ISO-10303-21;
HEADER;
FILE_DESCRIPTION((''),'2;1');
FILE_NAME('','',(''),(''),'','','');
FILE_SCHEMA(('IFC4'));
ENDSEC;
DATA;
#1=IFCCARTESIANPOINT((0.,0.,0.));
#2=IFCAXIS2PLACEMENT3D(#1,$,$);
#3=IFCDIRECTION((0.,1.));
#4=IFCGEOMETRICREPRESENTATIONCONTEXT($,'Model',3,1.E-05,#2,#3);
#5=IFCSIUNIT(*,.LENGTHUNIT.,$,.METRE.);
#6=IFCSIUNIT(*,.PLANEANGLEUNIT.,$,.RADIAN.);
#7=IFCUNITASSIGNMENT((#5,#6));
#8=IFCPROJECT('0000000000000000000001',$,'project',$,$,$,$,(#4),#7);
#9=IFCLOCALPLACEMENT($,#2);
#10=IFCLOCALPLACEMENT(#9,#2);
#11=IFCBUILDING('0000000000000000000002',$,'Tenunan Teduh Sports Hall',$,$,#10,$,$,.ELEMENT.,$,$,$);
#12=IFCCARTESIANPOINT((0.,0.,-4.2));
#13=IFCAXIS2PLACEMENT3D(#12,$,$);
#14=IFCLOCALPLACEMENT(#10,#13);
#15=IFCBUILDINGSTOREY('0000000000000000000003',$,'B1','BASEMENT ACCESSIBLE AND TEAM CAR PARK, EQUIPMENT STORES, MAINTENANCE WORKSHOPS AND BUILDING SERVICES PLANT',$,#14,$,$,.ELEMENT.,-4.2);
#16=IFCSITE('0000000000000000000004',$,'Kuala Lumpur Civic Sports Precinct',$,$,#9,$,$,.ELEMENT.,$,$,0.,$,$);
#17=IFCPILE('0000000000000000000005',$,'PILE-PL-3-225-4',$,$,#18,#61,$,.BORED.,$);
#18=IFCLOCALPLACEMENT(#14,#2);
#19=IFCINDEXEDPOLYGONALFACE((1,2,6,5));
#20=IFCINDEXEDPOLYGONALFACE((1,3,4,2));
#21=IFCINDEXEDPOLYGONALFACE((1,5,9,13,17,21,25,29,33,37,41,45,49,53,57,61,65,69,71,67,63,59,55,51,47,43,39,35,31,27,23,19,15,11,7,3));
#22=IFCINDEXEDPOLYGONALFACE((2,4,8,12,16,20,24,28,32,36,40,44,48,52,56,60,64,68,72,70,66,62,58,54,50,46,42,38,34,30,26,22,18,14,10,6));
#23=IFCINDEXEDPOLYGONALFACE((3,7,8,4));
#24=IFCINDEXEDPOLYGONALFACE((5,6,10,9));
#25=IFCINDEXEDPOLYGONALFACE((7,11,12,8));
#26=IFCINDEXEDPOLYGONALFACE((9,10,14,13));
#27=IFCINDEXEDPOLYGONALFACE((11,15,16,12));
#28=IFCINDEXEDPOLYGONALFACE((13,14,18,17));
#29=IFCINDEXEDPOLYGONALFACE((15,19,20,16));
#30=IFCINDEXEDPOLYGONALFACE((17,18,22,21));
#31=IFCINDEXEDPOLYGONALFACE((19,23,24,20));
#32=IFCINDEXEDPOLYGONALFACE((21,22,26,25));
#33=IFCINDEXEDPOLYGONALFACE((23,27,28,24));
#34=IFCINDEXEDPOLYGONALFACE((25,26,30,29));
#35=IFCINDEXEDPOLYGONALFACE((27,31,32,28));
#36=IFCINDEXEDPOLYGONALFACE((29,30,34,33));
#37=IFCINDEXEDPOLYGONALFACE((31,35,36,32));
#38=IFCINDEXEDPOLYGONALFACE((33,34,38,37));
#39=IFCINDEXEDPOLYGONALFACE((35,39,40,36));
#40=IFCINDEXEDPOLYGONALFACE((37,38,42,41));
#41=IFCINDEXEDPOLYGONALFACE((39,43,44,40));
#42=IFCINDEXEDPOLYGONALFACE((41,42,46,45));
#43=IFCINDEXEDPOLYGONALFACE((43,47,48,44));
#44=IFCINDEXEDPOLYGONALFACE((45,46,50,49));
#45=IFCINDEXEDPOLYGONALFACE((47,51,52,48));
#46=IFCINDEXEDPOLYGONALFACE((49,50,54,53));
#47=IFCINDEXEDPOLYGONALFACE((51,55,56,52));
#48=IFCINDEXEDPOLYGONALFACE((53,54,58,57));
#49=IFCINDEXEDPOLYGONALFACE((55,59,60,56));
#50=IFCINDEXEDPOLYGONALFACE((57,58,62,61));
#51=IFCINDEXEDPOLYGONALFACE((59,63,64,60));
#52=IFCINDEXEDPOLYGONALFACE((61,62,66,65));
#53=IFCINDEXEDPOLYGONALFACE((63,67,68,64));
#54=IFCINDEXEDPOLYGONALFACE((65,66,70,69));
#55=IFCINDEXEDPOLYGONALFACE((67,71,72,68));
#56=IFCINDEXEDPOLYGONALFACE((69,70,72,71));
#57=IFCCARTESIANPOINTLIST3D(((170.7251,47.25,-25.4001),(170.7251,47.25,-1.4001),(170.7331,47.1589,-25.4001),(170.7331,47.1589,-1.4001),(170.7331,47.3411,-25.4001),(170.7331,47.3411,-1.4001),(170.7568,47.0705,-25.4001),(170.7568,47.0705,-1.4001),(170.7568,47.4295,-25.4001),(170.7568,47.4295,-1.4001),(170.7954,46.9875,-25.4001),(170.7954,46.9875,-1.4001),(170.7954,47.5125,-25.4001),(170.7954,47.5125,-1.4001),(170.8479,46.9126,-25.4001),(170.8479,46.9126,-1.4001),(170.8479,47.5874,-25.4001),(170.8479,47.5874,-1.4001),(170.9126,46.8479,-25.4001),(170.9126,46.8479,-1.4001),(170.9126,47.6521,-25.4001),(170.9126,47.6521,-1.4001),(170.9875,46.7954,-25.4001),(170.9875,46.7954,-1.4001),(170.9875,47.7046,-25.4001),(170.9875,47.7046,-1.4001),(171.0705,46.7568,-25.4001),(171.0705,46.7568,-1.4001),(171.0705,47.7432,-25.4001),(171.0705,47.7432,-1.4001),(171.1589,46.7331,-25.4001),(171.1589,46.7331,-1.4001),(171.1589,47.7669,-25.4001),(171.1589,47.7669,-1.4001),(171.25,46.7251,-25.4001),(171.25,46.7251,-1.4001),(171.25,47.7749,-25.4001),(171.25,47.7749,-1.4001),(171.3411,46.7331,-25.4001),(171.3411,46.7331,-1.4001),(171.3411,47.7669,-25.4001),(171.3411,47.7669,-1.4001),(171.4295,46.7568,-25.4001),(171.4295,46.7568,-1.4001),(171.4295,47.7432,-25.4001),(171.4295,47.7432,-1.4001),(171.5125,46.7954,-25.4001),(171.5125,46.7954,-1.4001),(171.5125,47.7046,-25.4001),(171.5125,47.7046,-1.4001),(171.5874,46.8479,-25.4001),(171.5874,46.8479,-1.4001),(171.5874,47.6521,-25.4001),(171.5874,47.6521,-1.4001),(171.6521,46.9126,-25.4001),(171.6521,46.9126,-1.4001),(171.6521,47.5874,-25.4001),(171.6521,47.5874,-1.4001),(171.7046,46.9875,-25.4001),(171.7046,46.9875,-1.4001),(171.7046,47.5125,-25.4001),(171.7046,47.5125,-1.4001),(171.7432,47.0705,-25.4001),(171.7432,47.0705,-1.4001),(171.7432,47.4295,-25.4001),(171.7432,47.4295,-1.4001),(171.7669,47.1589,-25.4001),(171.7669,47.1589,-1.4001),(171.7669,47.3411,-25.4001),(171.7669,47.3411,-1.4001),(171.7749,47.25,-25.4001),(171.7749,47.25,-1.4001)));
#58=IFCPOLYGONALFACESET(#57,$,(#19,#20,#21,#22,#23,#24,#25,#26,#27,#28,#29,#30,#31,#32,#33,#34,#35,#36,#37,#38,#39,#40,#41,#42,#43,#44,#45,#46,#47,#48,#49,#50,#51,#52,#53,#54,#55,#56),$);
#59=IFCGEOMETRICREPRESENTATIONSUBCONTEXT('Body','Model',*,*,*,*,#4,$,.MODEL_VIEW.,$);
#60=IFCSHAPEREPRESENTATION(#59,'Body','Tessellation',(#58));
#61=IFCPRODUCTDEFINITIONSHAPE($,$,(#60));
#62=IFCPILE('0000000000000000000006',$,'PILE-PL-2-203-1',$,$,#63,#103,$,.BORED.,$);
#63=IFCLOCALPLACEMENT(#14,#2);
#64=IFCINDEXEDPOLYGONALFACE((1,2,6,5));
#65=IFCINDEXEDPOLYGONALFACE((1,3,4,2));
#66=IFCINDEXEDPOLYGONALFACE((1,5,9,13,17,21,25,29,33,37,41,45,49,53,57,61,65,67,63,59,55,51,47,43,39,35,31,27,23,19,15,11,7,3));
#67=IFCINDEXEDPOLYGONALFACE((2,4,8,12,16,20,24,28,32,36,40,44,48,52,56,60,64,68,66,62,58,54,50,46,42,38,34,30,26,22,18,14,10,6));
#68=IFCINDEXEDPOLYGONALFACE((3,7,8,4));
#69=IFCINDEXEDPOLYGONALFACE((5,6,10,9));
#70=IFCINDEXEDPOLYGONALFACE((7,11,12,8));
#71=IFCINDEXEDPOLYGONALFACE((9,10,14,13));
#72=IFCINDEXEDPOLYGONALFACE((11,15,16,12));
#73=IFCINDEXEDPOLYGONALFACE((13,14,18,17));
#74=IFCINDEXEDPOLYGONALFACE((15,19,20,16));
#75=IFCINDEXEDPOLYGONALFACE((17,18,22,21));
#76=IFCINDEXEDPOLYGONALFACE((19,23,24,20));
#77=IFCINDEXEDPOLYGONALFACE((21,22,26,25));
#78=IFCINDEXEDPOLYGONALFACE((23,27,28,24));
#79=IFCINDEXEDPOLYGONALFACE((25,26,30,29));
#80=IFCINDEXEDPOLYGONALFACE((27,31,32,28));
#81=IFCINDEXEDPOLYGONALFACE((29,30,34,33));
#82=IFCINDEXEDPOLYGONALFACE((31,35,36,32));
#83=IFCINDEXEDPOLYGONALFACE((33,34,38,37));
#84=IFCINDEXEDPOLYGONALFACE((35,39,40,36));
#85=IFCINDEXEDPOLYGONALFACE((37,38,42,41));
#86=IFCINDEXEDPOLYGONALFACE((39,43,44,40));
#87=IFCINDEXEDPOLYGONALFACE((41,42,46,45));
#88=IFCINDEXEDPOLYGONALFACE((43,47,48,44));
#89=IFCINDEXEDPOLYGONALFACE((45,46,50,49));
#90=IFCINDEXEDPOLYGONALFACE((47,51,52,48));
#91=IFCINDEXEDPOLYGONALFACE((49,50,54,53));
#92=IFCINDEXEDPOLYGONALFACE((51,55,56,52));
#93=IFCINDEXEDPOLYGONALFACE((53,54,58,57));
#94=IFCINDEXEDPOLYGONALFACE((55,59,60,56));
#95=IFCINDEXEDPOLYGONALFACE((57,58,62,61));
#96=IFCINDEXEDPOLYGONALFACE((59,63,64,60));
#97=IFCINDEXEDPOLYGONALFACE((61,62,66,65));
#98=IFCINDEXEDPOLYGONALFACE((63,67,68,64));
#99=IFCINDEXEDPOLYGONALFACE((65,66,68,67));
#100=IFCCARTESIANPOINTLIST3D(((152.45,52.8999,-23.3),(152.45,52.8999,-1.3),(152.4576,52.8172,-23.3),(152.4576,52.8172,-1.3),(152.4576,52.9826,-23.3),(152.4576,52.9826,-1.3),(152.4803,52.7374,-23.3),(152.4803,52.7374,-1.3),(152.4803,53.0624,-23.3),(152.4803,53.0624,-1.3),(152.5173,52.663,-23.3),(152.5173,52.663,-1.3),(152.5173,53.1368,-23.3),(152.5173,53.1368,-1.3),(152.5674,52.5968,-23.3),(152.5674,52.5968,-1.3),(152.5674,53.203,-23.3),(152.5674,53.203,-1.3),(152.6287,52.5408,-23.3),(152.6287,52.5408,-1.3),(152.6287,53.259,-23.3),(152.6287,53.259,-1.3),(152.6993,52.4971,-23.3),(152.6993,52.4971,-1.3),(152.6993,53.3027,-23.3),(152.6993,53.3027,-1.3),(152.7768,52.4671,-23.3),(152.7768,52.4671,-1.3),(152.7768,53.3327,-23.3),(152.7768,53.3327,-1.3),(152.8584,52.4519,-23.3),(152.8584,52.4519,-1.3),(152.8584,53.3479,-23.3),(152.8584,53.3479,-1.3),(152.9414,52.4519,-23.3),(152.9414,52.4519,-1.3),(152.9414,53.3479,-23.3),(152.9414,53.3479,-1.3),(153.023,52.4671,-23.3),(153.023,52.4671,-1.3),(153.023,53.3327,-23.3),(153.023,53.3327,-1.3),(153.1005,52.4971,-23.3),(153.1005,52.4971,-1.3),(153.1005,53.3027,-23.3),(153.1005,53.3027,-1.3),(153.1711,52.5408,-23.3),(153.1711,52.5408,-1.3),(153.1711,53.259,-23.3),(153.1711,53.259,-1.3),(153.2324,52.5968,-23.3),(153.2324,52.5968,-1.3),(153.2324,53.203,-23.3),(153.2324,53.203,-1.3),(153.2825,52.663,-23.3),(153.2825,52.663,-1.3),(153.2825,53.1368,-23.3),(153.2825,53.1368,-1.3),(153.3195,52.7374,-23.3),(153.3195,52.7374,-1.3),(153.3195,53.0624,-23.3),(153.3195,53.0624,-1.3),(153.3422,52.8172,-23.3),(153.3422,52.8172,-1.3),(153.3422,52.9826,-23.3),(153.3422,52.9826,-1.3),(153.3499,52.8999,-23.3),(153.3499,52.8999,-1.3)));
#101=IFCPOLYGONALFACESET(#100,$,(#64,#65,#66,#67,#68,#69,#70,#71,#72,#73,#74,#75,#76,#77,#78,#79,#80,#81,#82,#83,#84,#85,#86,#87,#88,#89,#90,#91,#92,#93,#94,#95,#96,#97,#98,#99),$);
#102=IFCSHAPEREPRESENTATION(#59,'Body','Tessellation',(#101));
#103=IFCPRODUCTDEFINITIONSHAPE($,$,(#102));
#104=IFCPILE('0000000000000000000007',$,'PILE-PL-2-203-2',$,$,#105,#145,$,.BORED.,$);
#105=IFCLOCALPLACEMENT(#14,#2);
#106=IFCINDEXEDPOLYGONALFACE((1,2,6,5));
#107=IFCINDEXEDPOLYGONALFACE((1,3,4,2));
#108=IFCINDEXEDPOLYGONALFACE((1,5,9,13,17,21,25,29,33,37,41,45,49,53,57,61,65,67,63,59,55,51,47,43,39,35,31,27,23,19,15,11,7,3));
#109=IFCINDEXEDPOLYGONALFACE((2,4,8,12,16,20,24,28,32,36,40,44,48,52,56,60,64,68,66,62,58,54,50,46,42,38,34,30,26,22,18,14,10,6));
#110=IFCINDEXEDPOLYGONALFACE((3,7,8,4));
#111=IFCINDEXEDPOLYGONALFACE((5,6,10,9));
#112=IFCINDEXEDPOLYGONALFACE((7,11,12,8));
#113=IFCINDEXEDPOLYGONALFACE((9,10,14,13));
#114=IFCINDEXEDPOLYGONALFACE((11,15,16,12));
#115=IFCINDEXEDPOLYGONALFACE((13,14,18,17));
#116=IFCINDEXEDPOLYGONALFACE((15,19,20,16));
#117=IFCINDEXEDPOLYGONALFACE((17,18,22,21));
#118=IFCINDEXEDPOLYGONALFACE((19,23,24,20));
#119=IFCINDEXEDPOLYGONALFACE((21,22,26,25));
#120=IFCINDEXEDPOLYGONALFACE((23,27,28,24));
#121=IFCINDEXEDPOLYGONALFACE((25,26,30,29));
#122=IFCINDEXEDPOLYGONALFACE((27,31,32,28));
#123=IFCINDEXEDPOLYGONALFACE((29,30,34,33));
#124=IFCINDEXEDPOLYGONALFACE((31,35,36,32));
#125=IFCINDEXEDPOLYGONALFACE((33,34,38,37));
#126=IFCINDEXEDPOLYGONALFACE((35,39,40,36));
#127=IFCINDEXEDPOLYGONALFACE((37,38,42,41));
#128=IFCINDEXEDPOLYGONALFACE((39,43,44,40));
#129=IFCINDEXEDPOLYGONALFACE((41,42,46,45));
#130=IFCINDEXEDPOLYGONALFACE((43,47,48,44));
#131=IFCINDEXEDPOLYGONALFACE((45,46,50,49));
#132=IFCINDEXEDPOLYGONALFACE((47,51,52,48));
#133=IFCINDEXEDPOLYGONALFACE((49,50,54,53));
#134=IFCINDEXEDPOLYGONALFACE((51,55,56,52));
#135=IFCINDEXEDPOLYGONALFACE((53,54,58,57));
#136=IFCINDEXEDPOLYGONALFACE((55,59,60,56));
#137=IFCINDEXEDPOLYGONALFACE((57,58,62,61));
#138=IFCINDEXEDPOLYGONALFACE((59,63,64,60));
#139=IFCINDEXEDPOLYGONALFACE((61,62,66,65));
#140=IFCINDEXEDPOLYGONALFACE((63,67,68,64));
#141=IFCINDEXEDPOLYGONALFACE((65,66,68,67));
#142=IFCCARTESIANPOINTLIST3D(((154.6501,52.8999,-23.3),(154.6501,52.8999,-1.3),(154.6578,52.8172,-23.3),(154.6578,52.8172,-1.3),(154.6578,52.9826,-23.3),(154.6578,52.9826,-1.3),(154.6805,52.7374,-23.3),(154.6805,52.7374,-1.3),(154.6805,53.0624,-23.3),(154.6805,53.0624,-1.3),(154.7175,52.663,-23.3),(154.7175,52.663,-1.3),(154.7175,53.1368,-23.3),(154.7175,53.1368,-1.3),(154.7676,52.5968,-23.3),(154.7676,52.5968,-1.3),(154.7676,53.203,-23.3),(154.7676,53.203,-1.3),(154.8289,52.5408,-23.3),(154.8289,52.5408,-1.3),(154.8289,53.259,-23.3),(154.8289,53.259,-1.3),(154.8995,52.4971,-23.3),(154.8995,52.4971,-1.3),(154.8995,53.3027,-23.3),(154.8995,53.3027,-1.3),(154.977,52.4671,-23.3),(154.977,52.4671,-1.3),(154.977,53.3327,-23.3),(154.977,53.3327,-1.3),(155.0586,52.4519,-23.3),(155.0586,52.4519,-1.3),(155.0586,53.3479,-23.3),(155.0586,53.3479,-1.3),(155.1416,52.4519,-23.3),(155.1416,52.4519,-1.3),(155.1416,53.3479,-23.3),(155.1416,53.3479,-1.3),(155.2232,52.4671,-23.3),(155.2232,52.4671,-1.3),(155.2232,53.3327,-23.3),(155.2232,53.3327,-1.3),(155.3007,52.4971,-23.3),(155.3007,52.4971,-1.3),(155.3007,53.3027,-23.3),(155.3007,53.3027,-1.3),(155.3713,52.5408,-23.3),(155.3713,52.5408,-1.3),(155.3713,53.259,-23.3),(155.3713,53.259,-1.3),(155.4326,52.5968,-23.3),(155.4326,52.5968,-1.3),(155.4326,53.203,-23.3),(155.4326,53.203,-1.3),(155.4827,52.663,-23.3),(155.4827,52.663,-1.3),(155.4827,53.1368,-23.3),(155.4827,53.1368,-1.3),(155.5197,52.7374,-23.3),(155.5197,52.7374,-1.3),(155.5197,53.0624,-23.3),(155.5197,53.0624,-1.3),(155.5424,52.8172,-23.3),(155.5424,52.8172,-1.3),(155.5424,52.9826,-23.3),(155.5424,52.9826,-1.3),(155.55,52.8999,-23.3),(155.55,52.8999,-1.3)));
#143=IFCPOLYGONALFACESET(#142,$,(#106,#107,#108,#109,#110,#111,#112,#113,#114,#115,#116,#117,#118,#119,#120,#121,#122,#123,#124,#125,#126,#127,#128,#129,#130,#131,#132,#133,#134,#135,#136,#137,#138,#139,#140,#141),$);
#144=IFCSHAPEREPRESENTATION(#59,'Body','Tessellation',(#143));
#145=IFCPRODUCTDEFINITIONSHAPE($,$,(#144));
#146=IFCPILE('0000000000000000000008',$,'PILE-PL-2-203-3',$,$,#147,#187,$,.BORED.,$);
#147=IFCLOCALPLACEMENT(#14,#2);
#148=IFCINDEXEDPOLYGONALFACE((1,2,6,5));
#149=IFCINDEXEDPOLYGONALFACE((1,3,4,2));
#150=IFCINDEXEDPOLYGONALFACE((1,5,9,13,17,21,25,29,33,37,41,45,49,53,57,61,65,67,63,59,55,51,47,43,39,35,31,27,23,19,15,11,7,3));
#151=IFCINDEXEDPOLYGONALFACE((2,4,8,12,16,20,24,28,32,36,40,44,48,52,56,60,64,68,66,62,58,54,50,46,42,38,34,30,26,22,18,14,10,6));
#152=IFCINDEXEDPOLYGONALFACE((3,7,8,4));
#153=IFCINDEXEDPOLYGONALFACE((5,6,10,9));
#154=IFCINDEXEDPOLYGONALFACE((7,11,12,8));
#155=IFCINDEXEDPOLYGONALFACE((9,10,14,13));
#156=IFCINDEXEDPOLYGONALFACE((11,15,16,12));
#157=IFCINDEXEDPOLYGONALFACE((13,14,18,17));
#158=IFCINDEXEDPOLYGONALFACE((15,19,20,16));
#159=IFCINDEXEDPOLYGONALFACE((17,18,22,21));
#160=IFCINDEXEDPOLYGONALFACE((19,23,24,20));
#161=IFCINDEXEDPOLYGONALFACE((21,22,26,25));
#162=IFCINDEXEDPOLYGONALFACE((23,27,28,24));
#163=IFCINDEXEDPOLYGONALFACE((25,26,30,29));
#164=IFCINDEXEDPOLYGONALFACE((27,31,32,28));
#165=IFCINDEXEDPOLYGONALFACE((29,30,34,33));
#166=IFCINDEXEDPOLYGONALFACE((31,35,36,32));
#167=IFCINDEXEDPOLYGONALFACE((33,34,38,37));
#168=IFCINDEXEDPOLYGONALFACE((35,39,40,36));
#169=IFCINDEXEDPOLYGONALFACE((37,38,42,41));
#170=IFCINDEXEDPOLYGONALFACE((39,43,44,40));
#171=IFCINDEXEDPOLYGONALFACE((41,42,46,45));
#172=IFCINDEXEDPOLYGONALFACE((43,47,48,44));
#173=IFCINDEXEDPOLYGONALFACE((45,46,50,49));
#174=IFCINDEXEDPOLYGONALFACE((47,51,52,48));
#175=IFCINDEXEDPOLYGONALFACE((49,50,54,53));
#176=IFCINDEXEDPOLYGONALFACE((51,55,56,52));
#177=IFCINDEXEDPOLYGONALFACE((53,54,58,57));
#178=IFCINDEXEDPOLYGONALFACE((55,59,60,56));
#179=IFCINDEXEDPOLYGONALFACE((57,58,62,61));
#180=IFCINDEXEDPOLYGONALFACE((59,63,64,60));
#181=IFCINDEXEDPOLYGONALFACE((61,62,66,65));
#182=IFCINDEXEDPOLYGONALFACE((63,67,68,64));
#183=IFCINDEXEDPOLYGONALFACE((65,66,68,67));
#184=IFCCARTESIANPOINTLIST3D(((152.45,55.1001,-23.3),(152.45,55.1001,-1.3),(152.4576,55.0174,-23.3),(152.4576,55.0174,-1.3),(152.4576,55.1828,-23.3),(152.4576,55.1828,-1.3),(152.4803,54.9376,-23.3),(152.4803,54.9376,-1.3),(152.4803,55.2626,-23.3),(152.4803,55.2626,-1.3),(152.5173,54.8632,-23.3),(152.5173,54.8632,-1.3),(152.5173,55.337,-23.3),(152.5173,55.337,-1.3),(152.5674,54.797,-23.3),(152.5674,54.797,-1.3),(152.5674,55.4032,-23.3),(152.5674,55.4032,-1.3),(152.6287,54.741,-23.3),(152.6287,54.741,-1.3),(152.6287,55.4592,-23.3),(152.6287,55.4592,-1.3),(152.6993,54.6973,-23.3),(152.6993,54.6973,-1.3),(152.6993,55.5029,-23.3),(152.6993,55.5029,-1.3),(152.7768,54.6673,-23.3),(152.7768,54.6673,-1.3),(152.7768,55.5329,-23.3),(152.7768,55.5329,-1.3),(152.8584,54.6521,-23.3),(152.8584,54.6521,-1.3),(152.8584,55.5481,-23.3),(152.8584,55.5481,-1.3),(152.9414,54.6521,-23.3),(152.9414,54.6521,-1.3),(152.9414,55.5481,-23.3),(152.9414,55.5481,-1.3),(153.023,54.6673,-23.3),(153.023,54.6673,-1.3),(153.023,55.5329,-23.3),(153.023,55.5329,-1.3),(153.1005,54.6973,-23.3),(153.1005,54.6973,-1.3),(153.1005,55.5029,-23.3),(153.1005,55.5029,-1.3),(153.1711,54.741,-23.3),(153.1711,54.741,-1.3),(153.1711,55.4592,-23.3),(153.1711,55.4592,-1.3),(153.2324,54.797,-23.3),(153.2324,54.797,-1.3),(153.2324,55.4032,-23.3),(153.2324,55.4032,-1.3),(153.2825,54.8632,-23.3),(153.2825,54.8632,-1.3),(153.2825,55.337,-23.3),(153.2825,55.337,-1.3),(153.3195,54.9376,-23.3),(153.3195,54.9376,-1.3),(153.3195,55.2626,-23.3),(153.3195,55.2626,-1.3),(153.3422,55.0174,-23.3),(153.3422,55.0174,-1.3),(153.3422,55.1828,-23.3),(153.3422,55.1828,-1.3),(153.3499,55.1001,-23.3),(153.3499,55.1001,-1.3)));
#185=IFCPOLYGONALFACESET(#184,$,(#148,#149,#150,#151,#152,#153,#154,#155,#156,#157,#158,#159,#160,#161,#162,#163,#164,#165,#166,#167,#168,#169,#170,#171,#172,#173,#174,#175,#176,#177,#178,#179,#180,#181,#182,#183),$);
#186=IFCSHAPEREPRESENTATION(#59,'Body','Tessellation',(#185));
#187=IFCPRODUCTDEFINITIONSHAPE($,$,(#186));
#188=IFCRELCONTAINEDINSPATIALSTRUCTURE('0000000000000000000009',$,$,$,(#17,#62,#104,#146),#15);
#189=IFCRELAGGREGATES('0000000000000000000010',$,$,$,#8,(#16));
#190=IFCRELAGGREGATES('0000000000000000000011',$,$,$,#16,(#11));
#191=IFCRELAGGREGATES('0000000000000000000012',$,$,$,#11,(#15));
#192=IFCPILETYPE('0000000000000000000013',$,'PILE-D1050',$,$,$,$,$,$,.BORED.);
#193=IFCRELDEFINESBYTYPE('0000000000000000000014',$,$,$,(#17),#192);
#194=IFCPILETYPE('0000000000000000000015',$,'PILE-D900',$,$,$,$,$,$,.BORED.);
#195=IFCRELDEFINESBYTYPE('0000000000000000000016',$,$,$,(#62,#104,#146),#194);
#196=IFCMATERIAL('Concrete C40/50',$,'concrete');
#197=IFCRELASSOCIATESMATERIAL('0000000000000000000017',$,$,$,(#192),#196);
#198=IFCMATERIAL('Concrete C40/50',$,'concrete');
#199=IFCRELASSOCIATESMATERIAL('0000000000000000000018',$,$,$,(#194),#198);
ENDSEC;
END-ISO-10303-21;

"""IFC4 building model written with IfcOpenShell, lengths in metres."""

from ifc_helpers import new_model, si_unit, direction, frame, origin, origin_2d, place, context, subcontext, project, spatial, circle, extrude, material, material_profile, profile_set, type_object, element, save


model = new_model("IFC4")

# Units and contexts
model_context = context("Model", 3, precision=1e-05, world=origin(), true_north=direction((0.0, 1.0)))
body_context = subcontext(model_context, "Body", "Model", "MODEL_VIEW")
ifc_project = project(units=[si_unit("LENGTHUNIT", "METRE"), si_unit("PLANEANGLEUNIT", "RADIAN")], contexts=[model_context])

# Site, building, storey
site_placement = place(None, origin())
site = spatial("IfcSite", under=ifc_project, at=site_placement, Name="Kuala Lumpur Civic Sports Precinct", CompositionType="ELEMENT", RefElevation=0.0)
building_placement = place(site_placement, origin())
building = spatial("IfcBuilding", under=site, at=building_placement, Name="Tenunan Teduh Sports Hall", CompositionType="ELEMENT")
storey_placement = place(building_placement, frame((0.0, 0.0, -4.2)))
storey = spatial("IfcBuildingStorey", under=building, at=storey_placement, Name="B1", Description="BASEMENT ACCESSIBLE AND TEAM CAR PARK, EQUIPMENT STORES, MAINTENANCE WORKSHOPS AND BUILDING SERVICES PLANT", CompositionType="ELEMENT", Elevation=-4.2)

# Piles
ifc_material_1 = material(Name="Concrete C40/50", Category="concrete")
ifc_material_profile_1 = material_profile(ifc_material_1, circle(Radius=0.5249, at=origin_2d()), Name="PILE D1050")
ifc_profile_set_1 = profile_set([ifc_material_profile_1], Name="Concrete C40/50")
pile_type_1 = type_object("IfcPileType", Name="PILE-D1050", PredefinedType="BORED", material=ifc_profile_set_1)
for number, where, z_axis, x_axis, name in (
    (1, (171.25, 47.25, -1.4001), (0.0, 0.0, -1.0), (1.0, 0.0, 0.0), "PILE-PL-3-225-4"),
):
    element("IfcPile", number, at=place(storey_placement, frame(where, z_axis=z_axis, x_axis=x_axis)), inside=storey, type_object=pile_type_1, Name=name, PredefinedType="BORED", context=body_context, shape_type="SweptSolid", body=[
        extrude(circle(Radius=0.5249, at=origin_2d()), origin(), (0.0, 0.0, 1.0), 24.0),
    ])
ifc_material_2 = material(Name="Concrete C40/50", Category="concrete")
ifc_material_profile_2 = material_profile(ifc_material_2, circle(Radius=0.45, at=origin_2d()), Name="PILE D900")
ifc_profile_set_2 = profile_set([ifc_material_profile_2], Name="Concrete C40/50")
pile_type_2 = type_object("IfcPileType", Name="PILE-D900", PredefinedType="BORED", material=ifc_profile_set_2)
for number, where, z_axis, x_axis, name in (
    (2, (152.8999, 52.8999, -1.3), (0.0, 0.0, -1.0), (1.0, 0.0, 0.0), "PILE-PL-2-203-1"),
    (3, (155.1001, 52.8999, -1.3), (0.0, 0.0, -1.0), (1.0, 0.0, 0.0), "PILE-PL-2-203-2"),
    (4, (152.8999, 55.1001, -1.3), (0.0, 0.0, -1.0), (1.0, 0.0, 0.0), "PILE-PL-2-203-3"),
):
    element("IfcPile", number, at=place(storey_placement, frame(where, z_axis=z_axis, x_axis=x_axis)), inside=storey, type_object=pile_type_2, Name=name, PredefinedType="BORED", context=body_context, shape_type="SweptSolid", body=[
        extrude(circle(Radius=0.45, at=origin_2d()), origin(), (0.0, 0.0, 1.0), 22.0),
    ])

save(model, "model.ifc")
